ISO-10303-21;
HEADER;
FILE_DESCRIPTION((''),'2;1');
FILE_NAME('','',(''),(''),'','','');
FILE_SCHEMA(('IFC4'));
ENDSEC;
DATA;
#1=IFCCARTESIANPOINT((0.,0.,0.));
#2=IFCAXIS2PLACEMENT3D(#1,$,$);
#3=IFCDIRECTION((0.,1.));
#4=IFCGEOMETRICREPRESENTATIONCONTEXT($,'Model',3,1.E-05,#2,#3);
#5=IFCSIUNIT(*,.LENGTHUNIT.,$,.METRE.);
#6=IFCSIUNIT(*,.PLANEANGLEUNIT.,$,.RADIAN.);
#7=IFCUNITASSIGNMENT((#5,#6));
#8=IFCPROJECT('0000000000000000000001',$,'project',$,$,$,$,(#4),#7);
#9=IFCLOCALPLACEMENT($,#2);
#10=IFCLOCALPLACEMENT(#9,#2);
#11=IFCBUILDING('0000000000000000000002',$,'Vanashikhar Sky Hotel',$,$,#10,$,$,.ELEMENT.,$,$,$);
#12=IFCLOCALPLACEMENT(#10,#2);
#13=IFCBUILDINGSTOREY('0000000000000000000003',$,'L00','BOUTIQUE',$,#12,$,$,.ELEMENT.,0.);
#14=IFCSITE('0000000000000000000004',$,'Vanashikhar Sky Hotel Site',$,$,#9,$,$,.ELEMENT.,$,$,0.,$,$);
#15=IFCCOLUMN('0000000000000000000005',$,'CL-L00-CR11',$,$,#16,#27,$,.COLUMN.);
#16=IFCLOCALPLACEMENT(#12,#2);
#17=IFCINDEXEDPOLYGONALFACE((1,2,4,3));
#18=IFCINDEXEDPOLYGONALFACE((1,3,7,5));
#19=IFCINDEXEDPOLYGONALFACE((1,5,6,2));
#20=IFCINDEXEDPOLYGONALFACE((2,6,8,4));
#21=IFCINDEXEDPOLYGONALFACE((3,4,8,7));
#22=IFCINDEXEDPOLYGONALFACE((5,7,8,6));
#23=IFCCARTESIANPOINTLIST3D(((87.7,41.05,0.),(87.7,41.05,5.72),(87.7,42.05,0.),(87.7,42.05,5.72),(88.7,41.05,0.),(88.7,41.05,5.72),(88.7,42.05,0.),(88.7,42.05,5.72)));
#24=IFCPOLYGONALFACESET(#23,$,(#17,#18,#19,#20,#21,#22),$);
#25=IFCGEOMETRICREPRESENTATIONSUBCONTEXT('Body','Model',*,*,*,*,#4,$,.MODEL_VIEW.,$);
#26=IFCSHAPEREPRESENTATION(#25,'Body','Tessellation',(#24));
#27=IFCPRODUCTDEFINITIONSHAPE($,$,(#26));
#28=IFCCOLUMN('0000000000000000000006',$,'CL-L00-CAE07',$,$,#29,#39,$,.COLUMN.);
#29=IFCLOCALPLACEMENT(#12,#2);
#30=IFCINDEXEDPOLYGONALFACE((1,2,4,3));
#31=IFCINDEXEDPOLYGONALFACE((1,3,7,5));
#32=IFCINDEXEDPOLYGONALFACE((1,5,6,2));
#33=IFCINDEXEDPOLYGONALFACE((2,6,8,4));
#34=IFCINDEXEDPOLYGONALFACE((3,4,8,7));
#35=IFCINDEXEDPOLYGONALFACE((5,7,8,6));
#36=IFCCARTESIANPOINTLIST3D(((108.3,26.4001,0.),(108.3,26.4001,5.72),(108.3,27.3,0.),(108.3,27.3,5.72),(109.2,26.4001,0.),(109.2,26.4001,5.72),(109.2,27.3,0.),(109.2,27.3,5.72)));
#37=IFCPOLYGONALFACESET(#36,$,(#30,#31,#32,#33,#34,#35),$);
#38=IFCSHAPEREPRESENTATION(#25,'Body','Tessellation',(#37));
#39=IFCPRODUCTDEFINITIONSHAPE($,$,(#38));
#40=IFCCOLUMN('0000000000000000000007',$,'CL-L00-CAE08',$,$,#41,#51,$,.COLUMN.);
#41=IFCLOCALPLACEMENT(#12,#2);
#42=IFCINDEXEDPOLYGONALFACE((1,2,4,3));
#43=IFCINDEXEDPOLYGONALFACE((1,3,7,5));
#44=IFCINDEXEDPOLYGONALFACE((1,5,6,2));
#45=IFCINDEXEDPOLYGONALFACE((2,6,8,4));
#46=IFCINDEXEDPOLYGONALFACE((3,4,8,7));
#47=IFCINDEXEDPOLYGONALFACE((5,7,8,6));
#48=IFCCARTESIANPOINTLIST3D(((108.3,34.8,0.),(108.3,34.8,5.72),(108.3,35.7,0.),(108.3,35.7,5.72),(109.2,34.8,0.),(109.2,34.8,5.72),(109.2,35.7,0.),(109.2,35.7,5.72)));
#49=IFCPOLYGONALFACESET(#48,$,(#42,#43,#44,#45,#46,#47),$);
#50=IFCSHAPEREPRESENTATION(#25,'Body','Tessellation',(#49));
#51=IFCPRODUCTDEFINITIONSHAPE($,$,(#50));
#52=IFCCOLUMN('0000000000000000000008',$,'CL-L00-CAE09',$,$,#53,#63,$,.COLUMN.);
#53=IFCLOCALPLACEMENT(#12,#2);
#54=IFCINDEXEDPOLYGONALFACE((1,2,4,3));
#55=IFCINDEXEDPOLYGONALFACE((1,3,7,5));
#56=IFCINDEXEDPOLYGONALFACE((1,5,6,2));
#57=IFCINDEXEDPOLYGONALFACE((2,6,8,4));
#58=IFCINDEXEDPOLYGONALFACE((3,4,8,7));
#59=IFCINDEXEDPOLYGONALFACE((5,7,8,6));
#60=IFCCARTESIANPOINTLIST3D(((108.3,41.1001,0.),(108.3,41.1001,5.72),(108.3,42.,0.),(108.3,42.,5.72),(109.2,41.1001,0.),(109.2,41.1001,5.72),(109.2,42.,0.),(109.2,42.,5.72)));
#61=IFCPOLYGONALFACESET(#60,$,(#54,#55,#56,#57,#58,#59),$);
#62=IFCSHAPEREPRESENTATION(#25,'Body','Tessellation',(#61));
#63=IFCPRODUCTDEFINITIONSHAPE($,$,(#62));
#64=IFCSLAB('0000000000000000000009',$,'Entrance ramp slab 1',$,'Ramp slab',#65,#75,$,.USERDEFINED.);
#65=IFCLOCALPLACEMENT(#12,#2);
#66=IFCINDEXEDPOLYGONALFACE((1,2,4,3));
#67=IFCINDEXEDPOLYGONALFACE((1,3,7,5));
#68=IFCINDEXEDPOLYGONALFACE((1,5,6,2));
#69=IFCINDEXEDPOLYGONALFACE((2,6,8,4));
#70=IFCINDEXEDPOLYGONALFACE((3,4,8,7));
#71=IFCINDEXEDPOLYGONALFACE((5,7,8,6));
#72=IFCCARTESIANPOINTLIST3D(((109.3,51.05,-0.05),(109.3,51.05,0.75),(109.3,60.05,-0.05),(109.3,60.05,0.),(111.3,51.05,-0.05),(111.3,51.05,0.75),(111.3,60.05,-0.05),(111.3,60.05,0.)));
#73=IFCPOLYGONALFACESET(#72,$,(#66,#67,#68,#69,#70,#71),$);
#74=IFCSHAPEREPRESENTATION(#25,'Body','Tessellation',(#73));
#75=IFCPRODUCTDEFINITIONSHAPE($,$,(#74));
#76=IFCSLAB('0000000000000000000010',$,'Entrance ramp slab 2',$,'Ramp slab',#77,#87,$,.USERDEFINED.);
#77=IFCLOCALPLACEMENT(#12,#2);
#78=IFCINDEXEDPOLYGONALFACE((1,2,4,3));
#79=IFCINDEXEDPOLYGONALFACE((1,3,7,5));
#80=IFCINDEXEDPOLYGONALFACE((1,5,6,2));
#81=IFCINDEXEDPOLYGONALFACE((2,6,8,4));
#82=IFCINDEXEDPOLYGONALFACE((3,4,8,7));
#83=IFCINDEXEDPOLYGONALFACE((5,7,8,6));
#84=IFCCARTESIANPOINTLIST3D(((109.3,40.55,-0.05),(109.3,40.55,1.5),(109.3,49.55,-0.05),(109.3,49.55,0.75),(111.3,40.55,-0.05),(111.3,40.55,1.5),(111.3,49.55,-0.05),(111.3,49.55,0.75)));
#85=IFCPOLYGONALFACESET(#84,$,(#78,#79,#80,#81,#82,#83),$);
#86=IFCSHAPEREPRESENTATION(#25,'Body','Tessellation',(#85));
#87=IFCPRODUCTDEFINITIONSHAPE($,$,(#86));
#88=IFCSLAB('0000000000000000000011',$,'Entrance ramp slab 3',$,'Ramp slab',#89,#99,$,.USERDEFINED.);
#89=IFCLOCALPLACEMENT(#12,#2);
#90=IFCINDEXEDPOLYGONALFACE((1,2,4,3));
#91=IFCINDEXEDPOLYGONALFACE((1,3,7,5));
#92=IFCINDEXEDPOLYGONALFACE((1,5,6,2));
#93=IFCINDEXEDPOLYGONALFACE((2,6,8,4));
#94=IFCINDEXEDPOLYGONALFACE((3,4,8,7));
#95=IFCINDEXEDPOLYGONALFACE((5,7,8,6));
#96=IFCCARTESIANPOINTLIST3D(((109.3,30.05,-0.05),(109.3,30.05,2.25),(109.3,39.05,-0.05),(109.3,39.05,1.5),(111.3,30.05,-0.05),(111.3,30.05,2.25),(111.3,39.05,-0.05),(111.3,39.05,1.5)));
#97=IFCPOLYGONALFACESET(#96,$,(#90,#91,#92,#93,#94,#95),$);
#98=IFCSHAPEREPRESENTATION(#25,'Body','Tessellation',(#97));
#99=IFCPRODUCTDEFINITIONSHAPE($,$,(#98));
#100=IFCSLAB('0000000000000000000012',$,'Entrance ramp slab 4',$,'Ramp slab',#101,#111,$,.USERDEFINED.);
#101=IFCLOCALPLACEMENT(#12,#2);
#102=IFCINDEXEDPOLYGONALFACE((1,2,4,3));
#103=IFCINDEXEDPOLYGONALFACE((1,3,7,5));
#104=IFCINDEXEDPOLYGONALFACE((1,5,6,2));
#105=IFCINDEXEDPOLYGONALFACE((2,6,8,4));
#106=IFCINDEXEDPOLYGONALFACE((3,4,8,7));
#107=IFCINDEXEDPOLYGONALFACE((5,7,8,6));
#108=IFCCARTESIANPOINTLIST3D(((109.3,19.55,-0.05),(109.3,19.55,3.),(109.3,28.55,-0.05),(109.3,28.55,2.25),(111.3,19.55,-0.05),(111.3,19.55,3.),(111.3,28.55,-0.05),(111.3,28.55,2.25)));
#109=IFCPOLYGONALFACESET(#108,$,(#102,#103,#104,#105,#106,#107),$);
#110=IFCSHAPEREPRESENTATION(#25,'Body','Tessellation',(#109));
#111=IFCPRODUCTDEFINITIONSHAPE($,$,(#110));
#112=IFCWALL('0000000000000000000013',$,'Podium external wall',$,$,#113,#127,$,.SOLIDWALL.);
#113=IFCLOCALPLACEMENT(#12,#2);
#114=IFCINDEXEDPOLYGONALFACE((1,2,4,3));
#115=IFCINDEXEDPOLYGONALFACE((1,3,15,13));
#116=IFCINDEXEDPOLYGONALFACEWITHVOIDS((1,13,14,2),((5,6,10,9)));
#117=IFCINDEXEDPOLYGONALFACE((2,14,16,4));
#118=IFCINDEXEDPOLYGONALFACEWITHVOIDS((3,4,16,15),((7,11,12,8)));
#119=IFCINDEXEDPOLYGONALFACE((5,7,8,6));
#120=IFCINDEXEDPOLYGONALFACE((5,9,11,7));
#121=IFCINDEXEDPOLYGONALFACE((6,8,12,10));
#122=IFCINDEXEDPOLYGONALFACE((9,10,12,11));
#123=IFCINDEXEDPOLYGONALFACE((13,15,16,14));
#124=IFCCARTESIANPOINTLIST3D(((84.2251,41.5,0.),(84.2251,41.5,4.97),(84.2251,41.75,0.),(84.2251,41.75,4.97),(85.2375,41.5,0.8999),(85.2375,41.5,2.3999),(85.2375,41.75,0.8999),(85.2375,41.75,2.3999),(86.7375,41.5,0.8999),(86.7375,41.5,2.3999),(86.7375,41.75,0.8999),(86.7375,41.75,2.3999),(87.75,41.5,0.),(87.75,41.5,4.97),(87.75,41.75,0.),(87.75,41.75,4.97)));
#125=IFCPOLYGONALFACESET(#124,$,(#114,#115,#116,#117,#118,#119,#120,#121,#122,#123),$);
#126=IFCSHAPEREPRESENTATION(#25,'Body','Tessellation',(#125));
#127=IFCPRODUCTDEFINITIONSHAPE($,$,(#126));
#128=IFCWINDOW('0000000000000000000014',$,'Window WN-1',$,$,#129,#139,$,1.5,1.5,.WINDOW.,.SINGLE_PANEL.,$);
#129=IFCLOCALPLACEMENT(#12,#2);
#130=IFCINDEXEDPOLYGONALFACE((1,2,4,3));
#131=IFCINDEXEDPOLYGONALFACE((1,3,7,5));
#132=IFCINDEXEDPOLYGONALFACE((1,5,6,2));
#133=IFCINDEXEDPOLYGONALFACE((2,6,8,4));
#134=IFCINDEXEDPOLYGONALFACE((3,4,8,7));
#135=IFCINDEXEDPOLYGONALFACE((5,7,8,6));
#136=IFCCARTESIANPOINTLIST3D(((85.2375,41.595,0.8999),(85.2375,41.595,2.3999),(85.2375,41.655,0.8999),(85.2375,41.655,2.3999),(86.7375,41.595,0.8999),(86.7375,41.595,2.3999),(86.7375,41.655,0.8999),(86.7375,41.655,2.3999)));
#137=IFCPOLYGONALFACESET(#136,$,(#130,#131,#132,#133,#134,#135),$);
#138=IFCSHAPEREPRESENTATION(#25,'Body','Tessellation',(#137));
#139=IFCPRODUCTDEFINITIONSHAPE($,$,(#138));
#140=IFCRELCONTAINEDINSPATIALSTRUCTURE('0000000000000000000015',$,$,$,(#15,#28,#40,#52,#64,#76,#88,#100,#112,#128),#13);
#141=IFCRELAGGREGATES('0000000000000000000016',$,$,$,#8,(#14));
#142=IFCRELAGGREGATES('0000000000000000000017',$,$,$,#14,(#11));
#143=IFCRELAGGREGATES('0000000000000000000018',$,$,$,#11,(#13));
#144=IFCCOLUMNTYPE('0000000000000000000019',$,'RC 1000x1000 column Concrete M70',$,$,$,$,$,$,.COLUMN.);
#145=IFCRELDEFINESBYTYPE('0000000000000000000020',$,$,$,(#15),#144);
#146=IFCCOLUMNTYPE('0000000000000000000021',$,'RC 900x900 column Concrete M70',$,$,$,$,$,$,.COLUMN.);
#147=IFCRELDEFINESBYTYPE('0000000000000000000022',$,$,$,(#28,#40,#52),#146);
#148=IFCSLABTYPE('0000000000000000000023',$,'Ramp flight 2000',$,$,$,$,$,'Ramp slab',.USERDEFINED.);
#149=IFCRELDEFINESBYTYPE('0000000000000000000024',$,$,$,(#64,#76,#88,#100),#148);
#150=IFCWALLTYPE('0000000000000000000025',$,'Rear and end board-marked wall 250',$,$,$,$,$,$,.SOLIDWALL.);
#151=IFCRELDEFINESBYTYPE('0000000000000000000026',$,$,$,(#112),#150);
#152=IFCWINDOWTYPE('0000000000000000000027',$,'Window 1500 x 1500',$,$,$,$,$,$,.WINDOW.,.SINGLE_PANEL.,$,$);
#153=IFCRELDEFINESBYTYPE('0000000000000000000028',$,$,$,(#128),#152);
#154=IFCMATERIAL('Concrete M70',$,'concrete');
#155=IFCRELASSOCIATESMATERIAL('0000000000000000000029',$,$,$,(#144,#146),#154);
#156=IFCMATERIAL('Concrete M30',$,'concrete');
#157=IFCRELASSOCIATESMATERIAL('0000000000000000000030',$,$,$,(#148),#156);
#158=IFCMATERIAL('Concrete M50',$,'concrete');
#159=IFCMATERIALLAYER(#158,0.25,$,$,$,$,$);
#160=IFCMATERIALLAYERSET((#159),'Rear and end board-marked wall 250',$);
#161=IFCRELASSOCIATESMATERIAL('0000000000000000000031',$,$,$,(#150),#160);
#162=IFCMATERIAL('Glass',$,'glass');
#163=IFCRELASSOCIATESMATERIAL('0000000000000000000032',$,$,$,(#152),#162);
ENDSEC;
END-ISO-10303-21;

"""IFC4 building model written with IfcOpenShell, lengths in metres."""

from ifc_helpers import new_model, si_unit, direction, frame, frame_2d, origin, origin_2d, place, context, subcontext, project, spatial, polyline, rectangle, outline, extrude, source, transform, mapped, material, layer, layer_set, material_profile, profile_set, type_object, element, fill, save


model = new_model("IFC4")

# Units and contexts
model_context = context("Model", 3, precision=1e-05, world=origin(), true_north=direction((0.0, 1.0)))
body_context = subcontext(model_context, "Body", "Model", "MODEL_VIEW")
ifc_project = project(units=[si_unit("LENGTHUNIT", "METRE"), si_unit("PLANEANGLEUNIT", "RADIAN")], contexts=[model_context])

# Site, building, storey
site_placement = place(None, origin())
site = spatial("IfcSite", under=ifc_project, at=site_placement, Name="Vanashikhar Sky Hotel Site", CompositionType="ELEMENT", RefElevation=0.0)
building_placement = place(site_placement, origin())
building = spatial("IfcBuilding", under=site, at=building_placement, Name="Vanashikhar Sky Hotel", CompositionType="ELEMENT")
storey_placement = place(building_placement, origin())
storey = spatial("IfcBuildingStorey", under=building, at=storey_placement, Name="L00", Description="BOUTIQUE", CompositionType="ELEMENT", Elevation=0.0)

# Columns
ifc_material_1 = material(Name="Concrete M70", Category="concrete")
ifc_material_profile_1 = material_profile(ifc_material_1, rectangle(XDim=1.0, YDim=1.0, at=origin_2d()))
ifc_profile_set_1 = profile_set([ifc_material_profile_1], Name="RC 1000x1000 column Concrete M70")
column_type_1 = type_object("IfcColumnType", Name="RC 1000x1000 column Concrete M70", PredefinedType="COLUMN", material=ifc_profile_set_1)
shared_shape_1 = source(origin(), body_context, "Body", "SweptSolid", [
    extrude(rectangle(XDim=1.0, YDim=1.0, at=origin_2d()), origin(), (0.0, 0.0, 1.0), 5.72),
])
column_placement = place(storey_placement, frame((88.2, 41.55, 0.0), z_axis=(0.0, 0.0, 1.0), x_axis=(1.0, 0.0, 0.0)))
element("IfcColumn", 1, at=column_placement, inside=storey, type_object=column_type_1, Name="CL-L00-CR11", PredefinedType="COLUMN", context=body_context, shape_type="MappedRepresentation", body=[
    mapped(shared_shape_1, transform((0.0, 0.0, 0.0), scale=1.0)),
])
ifc_material_profile_2 = material_profile(ifc_material_1, rectangle(XDim=0.8999, YDim=0.8999, at=origin_2d()))
ifc_profile_set_2 = profile_set([ifc_material_profile_2], Name="RC 900x900 column Concrete M70")
column_type_2 = type_object("IfcColumnType", Name="RC 900x900 column Concrete M70", PredefinedType="COLUMN", material=ifc_profile_set_2)
shared_shape_2 = source(origin(), body_context, "Body", "SweptSolid", [
    extrude(rectangle(XDim=0.8999, YDim=0.8999, at=origin_2d()), origin(), (0.0, 0.0, 1.0), 5.72),
])
for number, where, z_axis, x_axis, name in (
    (2, (108.75, 26.8501, 0.0), (0.0, 0.0, 1.0), (1.0, 0.0, 0.0), "CL-L00-CAE07"),
    (3, (108.75, 35.25, 0.0), (0.0, 0.0, 1.0), (1.0, 0.0, 0.0), "CL-L00-CAE08"),
    (4, (108.75, 41.55, 0.0), (0.0, 0.0, 1.0), (1.0, 0.0, 0.0), "CL-L00-CAE09"),
):
    element("IfcColumn", number, at=place(storey_placement, frame(where, z_axis=z_axis, x_axis=x_axis)), inside=storey, type_object=column_type_2, Name=name, PredefinedType="COLUMN", context=body_context, shape_type="MappedRepresentation", body=[
        mapped(shared_shape_2, transform((0.0, 0.0, 0.0), scale=1.0)),
    ])

# Slabs
ifc_material_2 = material(Name="Concrete M30", Category="concrete")
slab_type = type_object("IfcSlabType", Name="Ramp flight 2000", ElementType="Ramp slab", PredefinedType="USERDEFINED", material=ifc_material_2)
shared_shape_3 = source(origin(), body_context, "Body", "SweptSolid", [
    extrude(outline(polyline([(0.0, 0.0), (9.0, 0.0), (9.0, 0.8), (0.0, 0.05), (0.0, 0.0)])), frame((0.0, 1.0, 0.0), z_axis=(0.0, -1.0, 0.0), x_axis=(1.0, 0.0, 0.0)), (0.0, 0.0, 1.0), 2.0),
])
slab_1_placement = place(storey_placement, frame((110.3, 60.05, -0.05), z_axis=(0.0, 0.0, 1.0), x_axis=(0.0, -1.0, 0.0)))
element("IfcSlab", 5, at=slab_1_placement, inside=storey, type_object=slab_type, Name="Entrance ramp slab 1", ObjectType="Ramp slab", PredefinedType="USERDEFINED", context=body_context, shape_type="MappedRepresentation", body=[
    mapped(shared_shape_3, transform((0.0, 0.0, 0.0), scale=1.0)),
])
shared_shape_4 = source(origin(), body_context, "Body", "SweptSolid", [
    extrude(outline(polyline([(0.0, 0.0), (9.0, 0.0), (9.0, 1.55), (0.0, 0.8), (0.0, 0.0)])), frame((0.0, 1.0, 0.0), z_axis=(0.0, -1.0, 0.0), x_axis=(1.0, 0.0, 0.0)), (0.0, 0.0, 1.0), 2.0),
])
slab_2_placement = place(storey_placement, frame((110.3, 49.55, -0.05), z_axis=(0.0, 0.0, 1.0), x_axis=(0.0, -1.0, 0.0)))
element("IfcSlab", 6, at=slab_2_placement, inside=storey, type_object=slab_type, Name="Entrance ramp slab 2", ObjectType="Ramp slab", PredefinedType="USERDEFINED", context=body_context, shape_type="MappedRepresentation", body=[
    mapped(shared_shape_4, transform((0.0, 0.0, 0.0), scale=1.0)),
])
shared_shape_5 = source(origin(), body_context, "Body", "SweptSolid", [
    extrude(outline(polyline([(0.0, 0.0), (9.0, 0.0), (9.0, 2.3), (0.0, 1.55), (0.0, 0.0)])), frame((0.0, 1.0, 0.0), z_axis=(0.0, -1.0, 0.0), x_axis=(1.0, 0.0, 0.0)), (0.0, 0.0, 1.0), 2.0),
])
slab_3_placement = place(storey_placement, frame((110.3, 39.05, -0.05), z_axis=(0.0, 0.0, 1.0), x_axis=(0.0, -1.0, 0.0)))
element("IfcSlab", 7, at=slab_3_placement, inside=storey, type_object=slab_type, Name="Entrance ramp slab 3", ObjectType="Ramp slab", PredefinedType="USERDEFINED", context=body_context, shape_type="MappedRepresentation", body=[
    mapped(shared_shape_5, transform((0.0, 0.0, 0.0), scale=1.0)),
])
shared_shape_6 = source(origin(), body_context, "Body", "SweptSolid", [
    extrude(outline(polyline([(0.0, 0.0), (9.0, 0.0), (9.0, 3.05), (0.0, 2.3), (0.0, 0.0)])), frame((0.0, 1.0, 0.0), z_axis=(0.0, -1.0, 0.0), x_axis=(1.0, 0.0, 0.0)), (0.0, 0.0, 1.0), 2.0),
])
slab_4_placement = place(storey_placement, frame((110.3, 28.55, -0.05), z_axis=(0.0, 0.0, 1.0), x_axis=(0.0, -1.0, 0.0)))
element("IfcSlab", 8, at=slab_4_placement, inside=storey, type_object=slab_type, Name="Entrance ramp slab 4", ObjectType="Ramp slab", PredefinedType="USERDEFINED", context=body_context, shape_type="MappedRepresentation", body=[
    mapped(shared_shape_6, transform((0.0, 0.0, 0.0), scale=1.0)),
])

# Wall, opening, window
ifc_material_3 = material(Name="Concrete M50", Category="concrete")
ifc_layer_1 = layer(ifc_material_3, 0.25)
ifc_layer_set_1 = layer_set([ifc_layer_1], Name="Rear and end board-marked wall 250")
wall_type_1 = type_object("IfcWallType", Name="Rear and end board-marked wall 250", PredefinedType="SOLIDWALL", material=ifc_layer_set_1)
shared_shape_7 = source(origin(), body_context, "Body", "SweptSolid", [
    extrude(rectangle(XDim=3.5249, YDim=0.25, at=frame_2d((1.7625, 0.0))), origin(), (0.0, 0.0, 1.0), 4.97),
])
wall_1_placement = place(storey_placement, frame((87.75, 41.625, 0.0), z_axis=(0.0, 0.0, 1.0), x_axis=(-1.0, 0.0, 0.0)))
wall_1 = element("IfcWall", 9, at=wall_1_placement, inside=storey, type_object=wall_type_1, Name="Podium external wall", PredefinedType="SOLIDWALL", context=body_context, shape_type="MappedRepresentation", body=[
    mapped(shared_shape_7, transform((0.0, 0.0, 0.0), scale=1.0)),
])
shared_shape_8 = source(origin(), body_context, "Body", "SweptSolid", [
    extrude(rectangle(XDim=1.5, YDim=1.5, at=frame_2d((0.75, 0.75))), frame((0.0, 0.135, 0.0), z_axis=(0.0, -1.0, 0.0), x_axis=(1.0, 0.0, 0.0)), (0.0, 0.0, 1.0), 0.27),
])
opening_1_placement = place(wall_1_placement, frame((1.0125, 0.0, 0.8999)))
opening_1 = element("IfcOpeningElement", 10, at=opening_1_placement, cuts=wall_1, PredefinedType="OPENING", context=body_context, shape_type="MappedRepresentation", body=[
    mapped(shared_shape_8, transform((0.0, 0.0, 0.0), scale=1.0)),
])
ifc_material_4 = material(Name="Glass", Category="glass")
window_type = type_object("IfcWindowType", Name="Window 1500 x 1500", PartitioningType="SINGLE_PANEL", PredefinedType="WINDOW", material=ifc_material_4)
shared_shape_9 = source(origin(), body_context, "Body", "SweptSolid", [
    extrude(rectangle(XDim=1.5, YDim=1.5, at=frame_2d((0.75, 0.75))), frame((0.0, 0.03, 0.0), z_axis=(0.0, -1.0, 0.0), x_axis=(1.0, 0.0, 0.0)), (0.0, 0.0, 1.0), 0.0601),
])
window_1_placement = place(opening_1_placement, origin())
window_1 = element("IfcWindow", 11, at=window_1_placement, inside=storey, type_object=window_type, Name="Window WN-1", OverallHeight=1.5, OverallWidth=1.5, PartitioningType="SINGLE_PANEL", PredefinedType="WINDOW", context=body_context, shape_type="MappedRepresentation", body=[
    mapped(shared_shape_9, transform((0.0, 0.0, 0.0), scale=1.0)),
])
fill(opening_1, window_1)

save(model, "model.ifc")
